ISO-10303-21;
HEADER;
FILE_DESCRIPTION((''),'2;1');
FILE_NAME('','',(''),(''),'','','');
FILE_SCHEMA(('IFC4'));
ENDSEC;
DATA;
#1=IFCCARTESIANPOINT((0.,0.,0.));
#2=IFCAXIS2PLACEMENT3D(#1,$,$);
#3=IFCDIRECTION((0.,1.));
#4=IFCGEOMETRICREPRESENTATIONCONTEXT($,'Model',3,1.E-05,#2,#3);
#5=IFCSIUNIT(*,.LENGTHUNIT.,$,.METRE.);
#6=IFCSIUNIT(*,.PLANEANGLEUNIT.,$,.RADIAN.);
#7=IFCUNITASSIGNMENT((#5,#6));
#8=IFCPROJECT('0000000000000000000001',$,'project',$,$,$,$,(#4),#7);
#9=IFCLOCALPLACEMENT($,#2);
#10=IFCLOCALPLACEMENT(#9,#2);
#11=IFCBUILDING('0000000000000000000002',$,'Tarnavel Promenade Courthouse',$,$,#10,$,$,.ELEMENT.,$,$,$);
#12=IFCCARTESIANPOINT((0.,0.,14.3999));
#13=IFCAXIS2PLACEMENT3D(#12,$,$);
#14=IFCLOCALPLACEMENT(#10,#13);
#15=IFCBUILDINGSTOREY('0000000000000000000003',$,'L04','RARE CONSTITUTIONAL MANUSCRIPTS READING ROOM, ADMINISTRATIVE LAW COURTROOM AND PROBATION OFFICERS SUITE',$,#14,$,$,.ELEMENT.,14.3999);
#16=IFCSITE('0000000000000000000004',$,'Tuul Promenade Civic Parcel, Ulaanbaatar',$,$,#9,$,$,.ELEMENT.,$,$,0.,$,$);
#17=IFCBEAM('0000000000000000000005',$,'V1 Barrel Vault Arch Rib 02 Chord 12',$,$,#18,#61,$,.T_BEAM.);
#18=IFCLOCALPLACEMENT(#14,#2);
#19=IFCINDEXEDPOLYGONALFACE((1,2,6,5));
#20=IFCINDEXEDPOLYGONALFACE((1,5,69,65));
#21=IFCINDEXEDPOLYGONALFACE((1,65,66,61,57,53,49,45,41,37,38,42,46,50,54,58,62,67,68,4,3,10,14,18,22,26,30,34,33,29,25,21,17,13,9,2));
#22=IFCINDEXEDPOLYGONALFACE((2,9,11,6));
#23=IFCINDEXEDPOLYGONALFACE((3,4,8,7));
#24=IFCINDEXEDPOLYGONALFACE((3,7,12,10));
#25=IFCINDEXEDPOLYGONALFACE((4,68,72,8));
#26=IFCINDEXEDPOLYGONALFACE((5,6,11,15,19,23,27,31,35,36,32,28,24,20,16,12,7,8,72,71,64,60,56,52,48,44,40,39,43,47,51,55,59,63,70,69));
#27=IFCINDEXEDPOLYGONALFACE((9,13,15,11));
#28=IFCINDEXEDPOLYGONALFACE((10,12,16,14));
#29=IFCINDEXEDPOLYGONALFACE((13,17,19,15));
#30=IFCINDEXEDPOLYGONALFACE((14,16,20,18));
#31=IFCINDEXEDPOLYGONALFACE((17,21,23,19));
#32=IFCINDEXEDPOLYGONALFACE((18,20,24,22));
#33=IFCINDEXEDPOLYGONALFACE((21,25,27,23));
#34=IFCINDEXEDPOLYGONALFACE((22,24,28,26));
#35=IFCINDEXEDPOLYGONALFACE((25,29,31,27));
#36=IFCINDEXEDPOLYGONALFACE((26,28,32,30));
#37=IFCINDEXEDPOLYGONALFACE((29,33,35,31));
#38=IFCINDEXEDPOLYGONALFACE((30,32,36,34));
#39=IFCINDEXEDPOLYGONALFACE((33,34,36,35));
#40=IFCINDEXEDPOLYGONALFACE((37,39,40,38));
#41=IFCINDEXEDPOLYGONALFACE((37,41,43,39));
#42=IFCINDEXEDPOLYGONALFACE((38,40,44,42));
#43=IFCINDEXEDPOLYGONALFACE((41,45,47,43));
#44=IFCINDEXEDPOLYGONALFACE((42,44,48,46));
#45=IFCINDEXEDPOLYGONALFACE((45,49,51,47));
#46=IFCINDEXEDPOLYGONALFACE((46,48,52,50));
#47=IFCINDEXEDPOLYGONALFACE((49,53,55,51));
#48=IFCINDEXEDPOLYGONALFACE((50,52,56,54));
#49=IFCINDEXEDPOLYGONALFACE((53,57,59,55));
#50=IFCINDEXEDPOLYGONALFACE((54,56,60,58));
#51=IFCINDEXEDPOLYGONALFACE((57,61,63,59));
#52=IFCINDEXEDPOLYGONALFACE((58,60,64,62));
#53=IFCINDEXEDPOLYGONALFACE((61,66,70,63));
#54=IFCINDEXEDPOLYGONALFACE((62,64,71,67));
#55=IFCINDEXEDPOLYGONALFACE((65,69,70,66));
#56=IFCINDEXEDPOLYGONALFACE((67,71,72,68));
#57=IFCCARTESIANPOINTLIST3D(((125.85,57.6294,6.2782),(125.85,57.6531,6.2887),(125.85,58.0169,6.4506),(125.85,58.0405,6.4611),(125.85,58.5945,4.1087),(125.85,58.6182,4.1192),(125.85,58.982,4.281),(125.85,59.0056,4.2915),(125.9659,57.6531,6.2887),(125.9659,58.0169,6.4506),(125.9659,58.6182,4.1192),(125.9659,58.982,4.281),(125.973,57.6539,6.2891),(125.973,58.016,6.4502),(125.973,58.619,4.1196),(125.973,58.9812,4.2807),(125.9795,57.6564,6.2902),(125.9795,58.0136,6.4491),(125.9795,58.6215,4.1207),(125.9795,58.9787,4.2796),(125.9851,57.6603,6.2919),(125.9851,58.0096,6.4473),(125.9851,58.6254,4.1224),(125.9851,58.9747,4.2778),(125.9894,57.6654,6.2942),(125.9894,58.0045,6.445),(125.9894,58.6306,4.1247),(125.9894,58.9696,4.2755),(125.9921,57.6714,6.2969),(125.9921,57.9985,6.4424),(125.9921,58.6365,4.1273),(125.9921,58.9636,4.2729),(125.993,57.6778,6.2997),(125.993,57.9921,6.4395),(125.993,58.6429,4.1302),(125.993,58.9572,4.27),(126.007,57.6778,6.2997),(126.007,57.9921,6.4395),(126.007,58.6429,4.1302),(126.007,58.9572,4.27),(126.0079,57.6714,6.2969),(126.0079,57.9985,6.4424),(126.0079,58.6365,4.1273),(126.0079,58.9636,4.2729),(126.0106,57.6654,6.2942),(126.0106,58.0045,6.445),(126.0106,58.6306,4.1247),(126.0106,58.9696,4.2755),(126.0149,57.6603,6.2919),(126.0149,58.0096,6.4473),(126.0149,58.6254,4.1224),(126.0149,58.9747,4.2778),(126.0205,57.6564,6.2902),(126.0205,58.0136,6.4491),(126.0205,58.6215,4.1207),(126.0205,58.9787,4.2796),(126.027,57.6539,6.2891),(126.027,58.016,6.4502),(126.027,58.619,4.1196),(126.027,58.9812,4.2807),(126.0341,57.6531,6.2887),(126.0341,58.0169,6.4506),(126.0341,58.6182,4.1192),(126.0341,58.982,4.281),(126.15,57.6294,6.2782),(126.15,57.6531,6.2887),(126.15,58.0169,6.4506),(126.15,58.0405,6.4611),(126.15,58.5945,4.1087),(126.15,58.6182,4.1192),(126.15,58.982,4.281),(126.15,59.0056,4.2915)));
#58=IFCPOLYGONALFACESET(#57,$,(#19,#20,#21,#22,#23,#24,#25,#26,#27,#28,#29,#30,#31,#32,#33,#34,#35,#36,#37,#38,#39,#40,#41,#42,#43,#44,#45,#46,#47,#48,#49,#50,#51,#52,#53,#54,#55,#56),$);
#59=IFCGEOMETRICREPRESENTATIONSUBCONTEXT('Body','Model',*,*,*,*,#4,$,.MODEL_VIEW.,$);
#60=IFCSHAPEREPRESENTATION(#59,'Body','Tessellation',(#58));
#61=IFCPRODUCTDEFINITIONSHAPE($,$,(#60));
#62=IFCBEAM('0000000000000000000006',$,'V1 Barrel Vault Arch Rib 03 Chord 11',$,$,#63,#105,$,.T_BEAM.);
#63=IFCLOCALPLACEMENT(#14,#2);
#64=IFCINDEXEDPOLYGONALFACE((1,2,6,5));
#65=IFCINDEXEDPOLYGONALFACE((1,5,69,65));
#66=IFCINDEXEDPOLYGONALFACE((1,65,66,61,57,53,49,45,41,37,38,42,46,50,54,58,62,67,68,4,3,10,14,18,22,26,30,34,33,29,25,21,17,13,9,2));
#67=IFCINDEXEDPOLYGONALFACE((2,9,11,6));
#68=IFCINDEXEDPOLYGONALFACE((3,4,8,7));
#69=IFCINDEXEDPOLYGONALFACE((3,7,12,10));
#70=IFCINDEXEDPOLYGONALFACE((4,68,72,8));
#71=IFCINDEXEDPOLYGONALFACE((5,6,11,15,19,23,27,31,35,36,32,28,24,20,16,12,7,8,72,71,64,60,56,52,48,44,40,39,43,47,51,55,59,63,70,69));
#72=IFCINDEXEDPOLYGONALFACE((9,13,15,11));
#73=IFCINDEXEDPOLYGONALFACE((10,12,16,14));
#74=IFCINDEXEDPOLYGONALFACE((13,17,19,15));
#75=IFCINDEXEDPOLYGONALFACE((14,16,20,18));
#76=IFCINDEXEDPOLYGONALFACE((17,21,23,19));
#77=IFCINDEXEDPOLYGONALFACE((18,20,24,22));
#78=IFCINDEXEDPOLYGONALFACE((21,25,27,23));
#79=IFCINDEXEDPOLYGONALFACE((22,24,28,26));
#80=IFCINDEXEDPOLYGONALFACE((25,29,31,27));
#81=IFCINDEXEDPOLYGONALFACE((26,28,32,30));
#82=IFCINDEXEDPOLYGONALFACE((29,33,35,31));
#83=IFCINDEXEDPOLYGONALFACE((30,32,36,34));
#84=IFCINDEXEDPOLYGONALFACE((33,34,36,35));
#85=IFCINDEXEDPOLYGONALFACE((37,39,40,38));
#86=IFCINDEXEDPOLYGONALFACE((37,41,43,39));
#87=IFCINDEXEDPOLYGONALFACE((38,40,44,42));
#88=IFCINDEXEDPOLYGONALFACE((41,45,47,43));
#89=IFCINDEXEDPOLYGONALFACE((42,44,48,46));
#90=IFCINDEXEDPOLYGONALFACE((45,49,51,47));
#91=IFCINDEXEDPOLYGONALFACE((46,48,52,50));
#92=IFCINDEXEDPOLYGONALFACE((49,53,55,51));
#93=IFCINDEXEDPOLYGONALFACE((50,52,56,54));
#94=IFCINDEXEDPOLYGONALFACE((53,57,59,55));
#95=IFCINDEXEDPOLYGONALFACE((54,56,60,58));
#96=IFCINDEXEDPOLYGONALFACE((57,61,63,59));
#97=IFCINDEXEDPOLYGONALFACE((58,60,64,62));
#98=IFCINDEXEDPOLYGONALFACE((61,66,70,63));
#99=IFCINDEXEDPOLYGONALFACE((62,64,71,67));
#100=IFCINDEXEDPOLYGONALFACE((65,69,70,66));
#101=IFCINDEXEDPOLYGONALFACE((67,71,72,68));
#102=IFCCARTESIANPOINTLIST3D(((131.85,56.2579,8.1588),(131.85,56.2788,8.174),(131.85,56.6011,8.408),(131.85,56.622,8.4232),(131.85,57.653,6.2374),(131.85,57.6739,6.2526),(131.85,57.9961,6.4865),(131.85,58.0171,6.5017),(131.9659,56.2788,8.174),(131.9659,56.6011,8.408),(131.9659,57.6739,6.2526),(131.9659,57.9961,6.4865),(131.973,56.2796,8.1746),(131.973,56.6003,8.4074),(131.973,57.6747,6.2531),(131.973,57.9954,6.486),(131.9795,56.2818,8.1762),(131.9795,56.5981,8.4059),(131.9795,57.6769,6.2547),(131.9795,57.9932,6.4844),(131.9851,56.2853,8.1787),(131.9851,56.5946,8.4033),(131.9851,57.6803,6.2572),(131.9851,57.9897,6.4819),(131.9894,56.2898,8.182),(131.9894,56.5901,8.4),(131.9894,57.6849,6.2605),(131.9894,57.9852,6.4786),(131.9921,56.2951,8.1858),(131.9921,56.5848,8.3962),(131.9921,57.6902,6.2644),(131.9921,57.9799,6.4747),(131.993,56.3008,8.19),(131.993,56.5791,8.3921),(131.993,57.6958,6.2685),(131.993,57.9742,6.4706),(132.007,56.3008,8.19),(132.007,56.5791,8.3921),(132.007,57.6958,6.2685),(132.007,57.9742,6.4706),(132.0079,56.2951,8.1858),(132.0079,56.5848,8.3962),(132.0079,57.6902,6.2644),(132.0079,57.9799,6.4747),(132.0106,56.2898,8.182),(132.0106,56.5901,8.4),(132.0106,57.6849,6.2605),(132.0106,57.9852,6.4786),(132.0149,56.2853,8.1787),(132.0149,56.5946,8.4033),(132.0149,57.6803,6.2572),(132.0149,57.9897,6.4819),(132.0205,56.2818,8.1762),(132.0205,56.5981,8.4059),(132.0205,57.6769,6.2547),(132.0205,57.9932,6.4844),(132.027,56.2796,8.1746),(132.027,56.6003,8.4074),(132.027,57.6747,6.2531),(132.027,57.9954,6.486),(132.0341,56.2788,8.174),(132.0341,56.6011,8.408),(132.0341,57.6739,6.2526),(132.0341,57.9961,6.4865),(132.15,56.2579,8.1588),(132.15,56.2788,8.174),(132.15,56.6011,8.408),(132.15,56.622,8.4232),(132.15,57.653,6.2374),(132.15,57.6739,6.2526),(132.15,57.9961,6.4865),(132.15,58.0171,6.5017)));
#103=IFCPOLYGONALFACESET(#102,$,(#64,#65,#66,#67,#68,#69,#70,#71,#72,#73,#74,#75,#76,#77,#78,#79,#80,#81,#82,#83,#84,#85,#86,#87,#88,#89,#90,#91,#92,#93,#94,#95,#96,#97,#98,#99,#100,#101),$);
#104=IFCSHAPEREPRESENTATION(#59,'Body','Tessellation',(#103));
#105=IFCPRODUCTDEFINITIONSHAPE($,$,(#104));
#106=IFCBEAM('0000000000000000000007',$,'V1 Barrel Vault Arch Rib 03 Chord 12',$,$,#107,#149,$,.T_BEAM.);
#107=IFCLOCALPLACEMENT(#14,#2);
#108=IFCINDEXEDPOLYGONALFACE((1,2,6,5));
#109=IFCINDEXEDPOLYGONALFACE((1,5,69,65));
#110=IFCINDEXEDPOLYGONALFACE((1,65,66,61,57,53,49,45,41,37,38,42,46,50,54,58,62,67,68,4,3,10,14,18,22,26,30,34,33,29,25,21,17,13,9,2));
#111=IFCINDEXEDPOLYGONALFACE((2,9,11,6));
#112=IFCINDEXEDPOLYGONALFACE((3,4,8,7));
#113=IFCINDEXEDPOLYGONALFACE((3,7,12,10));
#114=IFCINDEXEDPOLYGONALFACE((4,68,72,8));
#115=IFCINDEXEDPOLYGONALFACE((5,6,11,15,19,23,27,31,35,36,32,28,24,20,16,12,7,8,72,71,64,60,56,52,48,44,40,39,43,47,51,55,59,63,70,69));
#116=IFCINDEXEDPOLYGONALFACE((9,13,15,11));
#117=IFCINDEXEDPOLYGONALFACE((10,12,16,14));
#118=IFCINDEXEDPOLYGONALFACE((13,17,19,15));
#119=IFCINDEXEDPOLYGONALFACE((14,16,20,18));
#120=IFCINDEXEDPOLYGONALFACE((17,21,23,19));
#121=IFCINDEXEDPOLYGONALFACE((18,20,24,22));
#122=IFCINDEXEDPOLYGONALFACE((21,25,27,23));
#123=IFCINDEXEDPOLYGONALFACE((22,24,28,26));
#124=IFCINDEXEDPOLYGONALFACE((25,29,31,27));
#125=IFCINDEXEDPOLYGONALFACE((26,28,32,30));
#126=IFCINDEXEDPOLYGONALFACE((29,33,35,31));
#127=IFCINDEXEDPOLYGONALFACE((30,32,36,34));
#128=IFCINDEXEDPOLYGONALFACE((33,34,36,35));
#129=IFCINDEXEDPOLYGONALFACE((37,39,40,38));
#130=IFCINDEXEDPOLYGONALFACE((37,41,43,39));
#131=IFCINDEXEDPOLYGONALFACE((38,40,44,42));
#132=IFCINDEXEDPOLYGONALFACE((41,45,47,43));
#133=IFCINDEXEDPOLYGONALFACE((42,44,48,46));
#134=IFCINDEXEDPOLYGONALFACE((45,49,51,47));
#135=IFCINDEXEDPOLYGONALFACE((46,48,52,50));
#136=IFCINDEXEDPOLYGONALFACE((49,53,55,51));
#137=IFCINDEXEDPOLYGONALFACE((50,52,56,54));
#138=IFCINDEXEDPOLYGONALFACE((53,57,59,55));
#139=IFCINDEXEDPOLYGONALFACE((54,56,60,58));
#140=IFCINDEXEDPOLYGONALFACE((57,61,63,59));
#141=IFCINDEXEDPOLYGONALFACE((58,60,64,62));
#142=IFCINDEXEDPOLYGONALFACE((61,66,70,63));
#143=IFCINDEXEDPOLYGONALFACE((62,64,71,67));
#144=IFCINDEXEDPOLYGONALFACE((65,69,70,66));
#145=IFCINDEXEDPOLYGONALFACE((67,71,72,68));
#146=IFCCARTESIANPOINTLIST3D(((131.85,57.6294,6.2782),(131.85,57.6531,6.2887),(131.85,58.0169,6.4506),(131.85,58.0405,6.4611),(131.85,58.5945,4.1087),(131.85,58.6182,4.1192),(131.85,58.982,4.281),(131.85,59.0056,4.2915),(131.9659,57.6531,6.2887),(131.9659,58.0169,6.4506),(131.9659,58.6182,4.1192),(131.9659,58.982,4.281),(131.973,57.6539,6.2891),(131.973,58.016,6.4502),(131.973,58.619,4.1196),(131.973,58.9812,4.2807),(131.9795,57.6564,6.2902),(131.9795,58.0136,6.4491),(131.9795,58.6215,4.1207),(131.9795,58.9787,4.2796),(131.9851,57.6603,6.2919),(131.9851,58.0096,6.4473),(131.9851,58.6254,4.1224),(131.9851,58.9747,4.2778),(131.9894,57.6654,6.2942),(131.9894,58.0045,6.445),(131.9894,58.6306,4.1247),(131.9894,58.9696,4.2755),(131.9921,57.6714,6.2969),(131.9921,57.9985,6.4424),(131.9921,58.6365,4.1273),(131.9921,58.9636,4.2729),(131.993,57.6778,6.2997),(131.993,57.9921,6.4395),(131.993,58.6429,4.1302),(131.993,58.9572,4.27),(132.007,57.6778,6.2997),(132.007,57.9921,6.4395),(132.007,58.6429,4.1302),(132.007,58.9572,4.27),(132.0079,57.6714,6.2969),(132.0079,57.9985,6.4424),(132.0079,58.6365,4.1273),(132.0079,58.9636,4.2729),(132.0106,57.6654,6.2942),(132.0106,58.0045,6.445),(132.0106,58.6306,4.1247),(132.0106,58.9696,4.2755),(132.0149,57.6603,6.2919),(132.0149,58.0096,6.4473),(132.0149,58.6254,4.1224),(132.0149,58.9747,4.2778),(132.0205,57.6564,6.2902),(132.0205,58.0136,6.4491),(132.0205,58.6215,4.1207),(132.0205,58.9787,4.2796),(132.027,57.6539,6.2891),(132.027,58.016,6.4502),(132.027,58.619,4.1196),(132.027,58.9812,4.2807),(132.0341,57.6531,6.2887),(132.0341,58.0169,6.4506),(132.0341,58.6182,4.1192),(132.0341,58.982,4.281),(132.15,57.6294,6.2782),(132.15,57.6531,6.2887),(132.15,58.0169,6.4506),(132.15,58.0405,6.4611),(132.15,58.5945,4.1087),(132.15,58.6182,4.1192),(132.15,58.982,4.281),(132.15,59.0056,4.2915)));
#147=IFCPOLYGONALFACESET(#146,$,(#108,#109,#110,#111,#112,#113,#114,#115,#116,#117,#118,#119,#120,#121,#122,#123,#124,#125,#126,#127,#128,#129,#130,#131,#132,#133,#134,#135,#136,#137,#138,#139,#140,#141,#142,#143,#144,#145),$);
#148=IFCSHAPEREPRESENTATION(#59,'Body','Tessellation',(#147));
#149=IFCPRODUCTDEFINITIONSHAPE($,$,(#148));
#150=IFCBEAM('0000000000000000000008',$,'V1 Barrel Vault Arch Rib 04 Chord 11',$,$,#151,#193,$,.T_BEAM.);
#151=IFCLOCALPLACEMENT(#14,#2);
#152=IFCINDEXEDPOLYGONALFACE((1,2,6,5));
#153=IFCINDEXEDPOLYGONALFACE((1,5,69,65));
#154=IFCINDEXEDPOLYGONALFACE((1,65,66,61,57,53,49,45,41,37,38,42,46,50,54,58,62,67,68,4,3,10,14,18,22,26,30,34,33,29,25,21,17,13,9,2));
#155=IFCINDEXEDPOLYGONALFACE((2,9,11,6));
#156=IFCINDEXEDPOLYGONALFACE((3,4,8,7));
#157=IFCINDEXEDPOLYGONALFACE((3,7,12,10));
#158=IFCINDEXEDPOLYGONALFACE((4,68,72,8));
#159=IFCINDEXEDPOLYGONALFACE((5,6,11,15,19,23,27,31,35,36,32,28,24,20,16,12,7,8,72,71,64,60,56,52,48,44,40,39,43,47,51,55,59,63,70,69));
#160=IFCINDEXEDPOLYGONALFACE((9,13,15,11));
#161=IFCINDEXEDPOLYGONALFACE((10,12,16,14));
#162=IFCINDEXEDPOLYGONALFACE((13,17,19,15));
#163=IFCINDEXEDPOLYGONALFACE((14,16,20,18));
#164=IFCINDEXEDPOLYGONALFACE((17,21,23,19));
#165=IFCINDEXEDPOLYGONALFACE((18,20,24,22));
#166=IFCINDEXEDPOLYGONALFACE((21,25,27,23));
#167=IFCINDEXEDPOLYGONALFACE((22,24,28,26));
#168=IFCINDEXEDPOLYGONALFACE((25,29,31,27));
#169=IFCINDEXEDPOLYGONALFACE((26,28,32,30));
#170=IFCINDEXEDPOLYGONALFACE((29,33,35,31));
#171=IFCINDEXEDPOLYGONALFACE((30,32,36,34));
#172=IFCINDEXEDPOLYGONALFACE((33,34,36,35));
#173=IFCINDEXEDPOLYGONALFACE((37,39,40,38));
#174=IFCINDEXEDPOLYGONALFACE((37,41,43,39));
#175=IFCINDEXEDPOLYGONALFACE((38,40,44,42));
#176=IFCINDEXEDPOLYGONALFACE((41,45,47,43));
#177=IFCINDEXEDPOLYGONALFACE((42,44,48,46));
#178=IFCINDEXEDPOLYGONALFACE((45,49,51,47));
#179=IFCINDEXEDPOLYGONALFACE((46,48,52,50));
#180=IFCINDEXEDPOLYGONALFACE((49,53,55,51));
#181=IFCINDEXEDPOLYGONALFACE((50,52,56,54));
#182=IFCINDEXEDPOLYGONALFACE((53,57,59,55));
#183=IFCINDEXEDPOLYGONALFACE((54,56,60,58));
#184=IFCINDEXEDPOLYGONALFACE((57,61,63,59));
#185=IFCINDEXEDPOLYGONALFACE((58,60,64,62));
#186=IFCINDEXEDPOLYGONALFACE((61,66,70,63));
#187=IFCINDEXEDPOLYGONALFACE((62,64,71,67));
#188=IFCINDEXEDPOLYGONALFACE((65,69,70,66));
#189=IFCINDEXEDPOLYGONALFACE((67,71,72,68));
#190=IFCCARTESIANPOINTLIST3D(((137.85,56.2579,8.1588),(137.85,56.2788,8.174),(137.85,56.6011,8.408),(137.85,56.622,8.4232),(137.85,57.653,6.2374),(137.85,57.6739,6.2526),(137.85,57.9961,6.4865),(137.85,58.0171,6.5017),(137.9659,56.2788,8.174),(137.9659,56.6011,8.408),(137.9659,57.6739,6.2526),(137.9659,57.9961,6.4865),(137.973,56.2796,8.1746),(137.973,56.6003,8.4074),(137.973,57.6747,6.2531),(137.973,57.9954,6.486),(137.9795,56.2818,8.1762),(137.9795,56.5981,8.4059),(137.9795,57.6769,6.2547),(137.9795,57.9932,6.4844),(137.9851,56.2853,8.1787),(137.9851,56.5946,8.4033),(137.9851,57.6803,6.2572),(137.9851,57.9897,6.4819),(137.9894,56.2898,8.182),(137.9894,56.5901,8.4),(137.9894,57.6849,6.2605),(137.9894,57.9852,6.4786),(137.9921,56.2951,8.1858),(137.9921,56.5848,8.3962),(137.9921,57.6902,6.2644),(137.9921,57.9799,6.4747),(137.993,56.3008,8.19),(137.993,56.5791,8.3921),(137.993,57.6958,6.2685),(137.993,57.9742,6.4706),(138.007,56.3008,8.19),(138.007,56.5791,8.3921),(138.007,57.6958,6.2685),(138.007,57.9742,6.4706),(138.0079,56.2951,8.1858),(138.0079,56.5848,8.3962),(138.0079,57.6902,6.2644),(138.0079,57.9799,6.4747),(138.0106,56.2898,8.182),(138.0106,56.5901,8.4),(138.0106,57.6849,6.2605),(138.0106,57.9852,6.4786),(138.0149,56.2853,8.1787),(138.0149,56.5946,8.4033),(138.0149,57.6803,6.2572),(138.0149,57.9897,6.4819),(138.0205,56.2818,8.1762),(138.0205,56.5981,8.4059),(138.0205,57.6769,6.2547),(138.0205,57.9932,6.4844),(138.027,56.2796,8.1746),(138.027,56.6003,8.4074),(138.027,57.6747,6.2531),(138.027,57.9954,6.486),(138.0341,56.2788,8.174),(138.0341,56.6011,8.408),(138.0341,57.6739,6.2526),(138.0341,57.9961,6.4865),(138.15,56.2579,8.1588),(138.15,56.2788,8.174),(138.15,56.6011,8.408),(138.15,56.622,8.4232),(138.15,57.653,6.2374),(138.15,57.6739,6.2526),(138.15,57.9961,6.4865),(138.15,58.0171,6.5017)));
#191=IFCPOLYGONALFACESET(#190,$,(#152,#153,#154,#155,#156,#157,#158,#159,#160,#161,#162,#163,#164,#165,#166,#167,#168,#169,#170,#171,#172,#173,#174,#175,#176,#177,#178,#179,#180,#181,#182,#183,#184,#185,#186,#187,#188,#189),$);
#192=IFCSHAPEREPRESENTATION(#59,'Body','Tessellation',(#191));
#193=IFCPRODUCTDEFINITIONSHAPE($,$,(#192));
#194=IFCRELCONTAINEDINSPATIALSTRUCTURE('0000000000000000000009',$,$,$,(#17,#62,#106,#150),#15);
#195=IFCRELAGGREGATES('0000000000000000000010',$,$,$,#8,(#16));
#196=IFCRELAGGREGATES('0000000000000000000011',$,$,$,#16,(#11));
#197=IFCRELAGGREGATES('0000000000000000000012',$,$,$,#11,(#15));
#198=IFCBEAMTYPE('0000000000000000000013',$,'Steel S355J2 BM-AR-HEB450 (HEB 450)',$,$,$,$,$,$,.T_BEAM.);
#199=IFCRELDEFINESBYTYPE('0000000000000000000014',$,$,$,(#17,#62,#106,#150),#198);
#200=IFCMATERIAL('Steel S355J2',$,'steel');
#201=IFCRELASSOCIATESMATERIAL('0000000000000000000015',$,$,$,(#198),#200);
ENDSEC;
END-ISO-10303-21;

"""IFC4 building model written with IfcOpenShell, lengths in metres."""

from ifc_helpers import new_model, si_unit, direction, frame, origin, origin_2d, place, context, subcontext, project, spatial, i_section, extrude, material, material_profile, profile_set, type_object, element, save


model = new_model("IFC4")

# Units and contexts
model_context = context("Model", 3, precision=1e-05, world=origin(), true_north=direction((0.0, 1.0)))
body_context = subcontext(model_context, "Body", "Model", "MODEL_VIEW")
ifc_project = project(units=[si_unit("LENGTHUNIT", "METRE"), si_unit("PLANEANGLEUNIT", "RADIAN")], contexts=[model_context])

# Site, building, storey
site_placement = place(None, origin())
site = spatial("IfcSite", under=ifc_project, at=site_placement, Name="Tuul Promenade Civic Parcel, Ulaanbaatar", CompositionType="ELEMENT", RefElevation=0.0)
building_placement = place(site_placement, origin())
building = spatial("IfcBuilding", under=site, at=building_placement, Name="Tarnavel Promenade Courthouse", CompositionType="ELEMENT")
storey_placement = place(building_placement, frame((0.0, 0.0, 14.3999)))
storey = spatial("IfcBuildingStorey", under=building, at=storey_placement, Name="L04", Description="RARE CONSTITUTIONAL MANUSCRIPTS READING ROOM, ADMINISTRATIVE LAW COURTROOM AND PROBATION OFFICERS SUITE", CompositionType="ELEMENT", Elevation=14.3999)

# Beams
ifc_material_1 = material(Name="Steel S355J2", Category="steel")
ifc_material_profile_1 = material_profile(ifc_material_1, i_section(OverallWidth=0.3, OverallDepth=0.45, WebThickness=0.0139, FlangeThickness=0.0259, FilletRadius=0.0271, at=origin_2d()), Name="HEB 450")
ifc_profile_set_1 = profile_set([ifc_material_profile_1], Name="Steel S355J2")
beam_type = type_object("IfcBeamType", Name="Steel S355J2 BM-AR-HEB450 (HEB 450)", PredefinedType="T_BEAM", material=ifc_profile_set_1)
for number, where, z_axis, x_axis, name in (
    (1, (126.0, 57.835, 6.3696), (0.0, 0.406453, -0.913672), (-1.0, 0.0, 0.0), "V1 Barrel Vault Arch Rib 02 Chord 12"),
    (2, (132.0, 56.4399, 8.291), (0.0, 0.587523, -0.809207), (-1.0, 0.0, 0.0), "V1 Barrel Vault Arch Rib 03 Chord 11"),
    (3, (132.0, 57.835, 6.3696), (0.0, 0.406453, -0.913672), (-1.0, 0.0, 0.0), "V1 Barrel Vault Arch Rib 03 Chord 12"),
    (4, (138.0, 56.4399, 8.291), (0.0, 0.587523, -0.809207), (-1.0, 0.0, 0.0), "V1 Barrel Vault Arch Rib 04 Chord 11"),
):
    element("IfcBeam", number, at=place(storey_placement, frame(where, z_axis=z_axis, x_axis=x_axis)), inside=storey, type_object=beam_type, Name=name, PredefinedType="T_BEAM", context=body_context, shape_type="SweptSolid", body=[
        extrude(i_section(OverallWidth=0.3, OverallDepth=0.45, WebThickness=0.0139, FlangeThickness=0.0259, FilletRadius=0.0271, at=origin_2d()), origin(), (0.0, 0.0, 1.0), 2.3745),
    ])

save(model, "model.ifc")
